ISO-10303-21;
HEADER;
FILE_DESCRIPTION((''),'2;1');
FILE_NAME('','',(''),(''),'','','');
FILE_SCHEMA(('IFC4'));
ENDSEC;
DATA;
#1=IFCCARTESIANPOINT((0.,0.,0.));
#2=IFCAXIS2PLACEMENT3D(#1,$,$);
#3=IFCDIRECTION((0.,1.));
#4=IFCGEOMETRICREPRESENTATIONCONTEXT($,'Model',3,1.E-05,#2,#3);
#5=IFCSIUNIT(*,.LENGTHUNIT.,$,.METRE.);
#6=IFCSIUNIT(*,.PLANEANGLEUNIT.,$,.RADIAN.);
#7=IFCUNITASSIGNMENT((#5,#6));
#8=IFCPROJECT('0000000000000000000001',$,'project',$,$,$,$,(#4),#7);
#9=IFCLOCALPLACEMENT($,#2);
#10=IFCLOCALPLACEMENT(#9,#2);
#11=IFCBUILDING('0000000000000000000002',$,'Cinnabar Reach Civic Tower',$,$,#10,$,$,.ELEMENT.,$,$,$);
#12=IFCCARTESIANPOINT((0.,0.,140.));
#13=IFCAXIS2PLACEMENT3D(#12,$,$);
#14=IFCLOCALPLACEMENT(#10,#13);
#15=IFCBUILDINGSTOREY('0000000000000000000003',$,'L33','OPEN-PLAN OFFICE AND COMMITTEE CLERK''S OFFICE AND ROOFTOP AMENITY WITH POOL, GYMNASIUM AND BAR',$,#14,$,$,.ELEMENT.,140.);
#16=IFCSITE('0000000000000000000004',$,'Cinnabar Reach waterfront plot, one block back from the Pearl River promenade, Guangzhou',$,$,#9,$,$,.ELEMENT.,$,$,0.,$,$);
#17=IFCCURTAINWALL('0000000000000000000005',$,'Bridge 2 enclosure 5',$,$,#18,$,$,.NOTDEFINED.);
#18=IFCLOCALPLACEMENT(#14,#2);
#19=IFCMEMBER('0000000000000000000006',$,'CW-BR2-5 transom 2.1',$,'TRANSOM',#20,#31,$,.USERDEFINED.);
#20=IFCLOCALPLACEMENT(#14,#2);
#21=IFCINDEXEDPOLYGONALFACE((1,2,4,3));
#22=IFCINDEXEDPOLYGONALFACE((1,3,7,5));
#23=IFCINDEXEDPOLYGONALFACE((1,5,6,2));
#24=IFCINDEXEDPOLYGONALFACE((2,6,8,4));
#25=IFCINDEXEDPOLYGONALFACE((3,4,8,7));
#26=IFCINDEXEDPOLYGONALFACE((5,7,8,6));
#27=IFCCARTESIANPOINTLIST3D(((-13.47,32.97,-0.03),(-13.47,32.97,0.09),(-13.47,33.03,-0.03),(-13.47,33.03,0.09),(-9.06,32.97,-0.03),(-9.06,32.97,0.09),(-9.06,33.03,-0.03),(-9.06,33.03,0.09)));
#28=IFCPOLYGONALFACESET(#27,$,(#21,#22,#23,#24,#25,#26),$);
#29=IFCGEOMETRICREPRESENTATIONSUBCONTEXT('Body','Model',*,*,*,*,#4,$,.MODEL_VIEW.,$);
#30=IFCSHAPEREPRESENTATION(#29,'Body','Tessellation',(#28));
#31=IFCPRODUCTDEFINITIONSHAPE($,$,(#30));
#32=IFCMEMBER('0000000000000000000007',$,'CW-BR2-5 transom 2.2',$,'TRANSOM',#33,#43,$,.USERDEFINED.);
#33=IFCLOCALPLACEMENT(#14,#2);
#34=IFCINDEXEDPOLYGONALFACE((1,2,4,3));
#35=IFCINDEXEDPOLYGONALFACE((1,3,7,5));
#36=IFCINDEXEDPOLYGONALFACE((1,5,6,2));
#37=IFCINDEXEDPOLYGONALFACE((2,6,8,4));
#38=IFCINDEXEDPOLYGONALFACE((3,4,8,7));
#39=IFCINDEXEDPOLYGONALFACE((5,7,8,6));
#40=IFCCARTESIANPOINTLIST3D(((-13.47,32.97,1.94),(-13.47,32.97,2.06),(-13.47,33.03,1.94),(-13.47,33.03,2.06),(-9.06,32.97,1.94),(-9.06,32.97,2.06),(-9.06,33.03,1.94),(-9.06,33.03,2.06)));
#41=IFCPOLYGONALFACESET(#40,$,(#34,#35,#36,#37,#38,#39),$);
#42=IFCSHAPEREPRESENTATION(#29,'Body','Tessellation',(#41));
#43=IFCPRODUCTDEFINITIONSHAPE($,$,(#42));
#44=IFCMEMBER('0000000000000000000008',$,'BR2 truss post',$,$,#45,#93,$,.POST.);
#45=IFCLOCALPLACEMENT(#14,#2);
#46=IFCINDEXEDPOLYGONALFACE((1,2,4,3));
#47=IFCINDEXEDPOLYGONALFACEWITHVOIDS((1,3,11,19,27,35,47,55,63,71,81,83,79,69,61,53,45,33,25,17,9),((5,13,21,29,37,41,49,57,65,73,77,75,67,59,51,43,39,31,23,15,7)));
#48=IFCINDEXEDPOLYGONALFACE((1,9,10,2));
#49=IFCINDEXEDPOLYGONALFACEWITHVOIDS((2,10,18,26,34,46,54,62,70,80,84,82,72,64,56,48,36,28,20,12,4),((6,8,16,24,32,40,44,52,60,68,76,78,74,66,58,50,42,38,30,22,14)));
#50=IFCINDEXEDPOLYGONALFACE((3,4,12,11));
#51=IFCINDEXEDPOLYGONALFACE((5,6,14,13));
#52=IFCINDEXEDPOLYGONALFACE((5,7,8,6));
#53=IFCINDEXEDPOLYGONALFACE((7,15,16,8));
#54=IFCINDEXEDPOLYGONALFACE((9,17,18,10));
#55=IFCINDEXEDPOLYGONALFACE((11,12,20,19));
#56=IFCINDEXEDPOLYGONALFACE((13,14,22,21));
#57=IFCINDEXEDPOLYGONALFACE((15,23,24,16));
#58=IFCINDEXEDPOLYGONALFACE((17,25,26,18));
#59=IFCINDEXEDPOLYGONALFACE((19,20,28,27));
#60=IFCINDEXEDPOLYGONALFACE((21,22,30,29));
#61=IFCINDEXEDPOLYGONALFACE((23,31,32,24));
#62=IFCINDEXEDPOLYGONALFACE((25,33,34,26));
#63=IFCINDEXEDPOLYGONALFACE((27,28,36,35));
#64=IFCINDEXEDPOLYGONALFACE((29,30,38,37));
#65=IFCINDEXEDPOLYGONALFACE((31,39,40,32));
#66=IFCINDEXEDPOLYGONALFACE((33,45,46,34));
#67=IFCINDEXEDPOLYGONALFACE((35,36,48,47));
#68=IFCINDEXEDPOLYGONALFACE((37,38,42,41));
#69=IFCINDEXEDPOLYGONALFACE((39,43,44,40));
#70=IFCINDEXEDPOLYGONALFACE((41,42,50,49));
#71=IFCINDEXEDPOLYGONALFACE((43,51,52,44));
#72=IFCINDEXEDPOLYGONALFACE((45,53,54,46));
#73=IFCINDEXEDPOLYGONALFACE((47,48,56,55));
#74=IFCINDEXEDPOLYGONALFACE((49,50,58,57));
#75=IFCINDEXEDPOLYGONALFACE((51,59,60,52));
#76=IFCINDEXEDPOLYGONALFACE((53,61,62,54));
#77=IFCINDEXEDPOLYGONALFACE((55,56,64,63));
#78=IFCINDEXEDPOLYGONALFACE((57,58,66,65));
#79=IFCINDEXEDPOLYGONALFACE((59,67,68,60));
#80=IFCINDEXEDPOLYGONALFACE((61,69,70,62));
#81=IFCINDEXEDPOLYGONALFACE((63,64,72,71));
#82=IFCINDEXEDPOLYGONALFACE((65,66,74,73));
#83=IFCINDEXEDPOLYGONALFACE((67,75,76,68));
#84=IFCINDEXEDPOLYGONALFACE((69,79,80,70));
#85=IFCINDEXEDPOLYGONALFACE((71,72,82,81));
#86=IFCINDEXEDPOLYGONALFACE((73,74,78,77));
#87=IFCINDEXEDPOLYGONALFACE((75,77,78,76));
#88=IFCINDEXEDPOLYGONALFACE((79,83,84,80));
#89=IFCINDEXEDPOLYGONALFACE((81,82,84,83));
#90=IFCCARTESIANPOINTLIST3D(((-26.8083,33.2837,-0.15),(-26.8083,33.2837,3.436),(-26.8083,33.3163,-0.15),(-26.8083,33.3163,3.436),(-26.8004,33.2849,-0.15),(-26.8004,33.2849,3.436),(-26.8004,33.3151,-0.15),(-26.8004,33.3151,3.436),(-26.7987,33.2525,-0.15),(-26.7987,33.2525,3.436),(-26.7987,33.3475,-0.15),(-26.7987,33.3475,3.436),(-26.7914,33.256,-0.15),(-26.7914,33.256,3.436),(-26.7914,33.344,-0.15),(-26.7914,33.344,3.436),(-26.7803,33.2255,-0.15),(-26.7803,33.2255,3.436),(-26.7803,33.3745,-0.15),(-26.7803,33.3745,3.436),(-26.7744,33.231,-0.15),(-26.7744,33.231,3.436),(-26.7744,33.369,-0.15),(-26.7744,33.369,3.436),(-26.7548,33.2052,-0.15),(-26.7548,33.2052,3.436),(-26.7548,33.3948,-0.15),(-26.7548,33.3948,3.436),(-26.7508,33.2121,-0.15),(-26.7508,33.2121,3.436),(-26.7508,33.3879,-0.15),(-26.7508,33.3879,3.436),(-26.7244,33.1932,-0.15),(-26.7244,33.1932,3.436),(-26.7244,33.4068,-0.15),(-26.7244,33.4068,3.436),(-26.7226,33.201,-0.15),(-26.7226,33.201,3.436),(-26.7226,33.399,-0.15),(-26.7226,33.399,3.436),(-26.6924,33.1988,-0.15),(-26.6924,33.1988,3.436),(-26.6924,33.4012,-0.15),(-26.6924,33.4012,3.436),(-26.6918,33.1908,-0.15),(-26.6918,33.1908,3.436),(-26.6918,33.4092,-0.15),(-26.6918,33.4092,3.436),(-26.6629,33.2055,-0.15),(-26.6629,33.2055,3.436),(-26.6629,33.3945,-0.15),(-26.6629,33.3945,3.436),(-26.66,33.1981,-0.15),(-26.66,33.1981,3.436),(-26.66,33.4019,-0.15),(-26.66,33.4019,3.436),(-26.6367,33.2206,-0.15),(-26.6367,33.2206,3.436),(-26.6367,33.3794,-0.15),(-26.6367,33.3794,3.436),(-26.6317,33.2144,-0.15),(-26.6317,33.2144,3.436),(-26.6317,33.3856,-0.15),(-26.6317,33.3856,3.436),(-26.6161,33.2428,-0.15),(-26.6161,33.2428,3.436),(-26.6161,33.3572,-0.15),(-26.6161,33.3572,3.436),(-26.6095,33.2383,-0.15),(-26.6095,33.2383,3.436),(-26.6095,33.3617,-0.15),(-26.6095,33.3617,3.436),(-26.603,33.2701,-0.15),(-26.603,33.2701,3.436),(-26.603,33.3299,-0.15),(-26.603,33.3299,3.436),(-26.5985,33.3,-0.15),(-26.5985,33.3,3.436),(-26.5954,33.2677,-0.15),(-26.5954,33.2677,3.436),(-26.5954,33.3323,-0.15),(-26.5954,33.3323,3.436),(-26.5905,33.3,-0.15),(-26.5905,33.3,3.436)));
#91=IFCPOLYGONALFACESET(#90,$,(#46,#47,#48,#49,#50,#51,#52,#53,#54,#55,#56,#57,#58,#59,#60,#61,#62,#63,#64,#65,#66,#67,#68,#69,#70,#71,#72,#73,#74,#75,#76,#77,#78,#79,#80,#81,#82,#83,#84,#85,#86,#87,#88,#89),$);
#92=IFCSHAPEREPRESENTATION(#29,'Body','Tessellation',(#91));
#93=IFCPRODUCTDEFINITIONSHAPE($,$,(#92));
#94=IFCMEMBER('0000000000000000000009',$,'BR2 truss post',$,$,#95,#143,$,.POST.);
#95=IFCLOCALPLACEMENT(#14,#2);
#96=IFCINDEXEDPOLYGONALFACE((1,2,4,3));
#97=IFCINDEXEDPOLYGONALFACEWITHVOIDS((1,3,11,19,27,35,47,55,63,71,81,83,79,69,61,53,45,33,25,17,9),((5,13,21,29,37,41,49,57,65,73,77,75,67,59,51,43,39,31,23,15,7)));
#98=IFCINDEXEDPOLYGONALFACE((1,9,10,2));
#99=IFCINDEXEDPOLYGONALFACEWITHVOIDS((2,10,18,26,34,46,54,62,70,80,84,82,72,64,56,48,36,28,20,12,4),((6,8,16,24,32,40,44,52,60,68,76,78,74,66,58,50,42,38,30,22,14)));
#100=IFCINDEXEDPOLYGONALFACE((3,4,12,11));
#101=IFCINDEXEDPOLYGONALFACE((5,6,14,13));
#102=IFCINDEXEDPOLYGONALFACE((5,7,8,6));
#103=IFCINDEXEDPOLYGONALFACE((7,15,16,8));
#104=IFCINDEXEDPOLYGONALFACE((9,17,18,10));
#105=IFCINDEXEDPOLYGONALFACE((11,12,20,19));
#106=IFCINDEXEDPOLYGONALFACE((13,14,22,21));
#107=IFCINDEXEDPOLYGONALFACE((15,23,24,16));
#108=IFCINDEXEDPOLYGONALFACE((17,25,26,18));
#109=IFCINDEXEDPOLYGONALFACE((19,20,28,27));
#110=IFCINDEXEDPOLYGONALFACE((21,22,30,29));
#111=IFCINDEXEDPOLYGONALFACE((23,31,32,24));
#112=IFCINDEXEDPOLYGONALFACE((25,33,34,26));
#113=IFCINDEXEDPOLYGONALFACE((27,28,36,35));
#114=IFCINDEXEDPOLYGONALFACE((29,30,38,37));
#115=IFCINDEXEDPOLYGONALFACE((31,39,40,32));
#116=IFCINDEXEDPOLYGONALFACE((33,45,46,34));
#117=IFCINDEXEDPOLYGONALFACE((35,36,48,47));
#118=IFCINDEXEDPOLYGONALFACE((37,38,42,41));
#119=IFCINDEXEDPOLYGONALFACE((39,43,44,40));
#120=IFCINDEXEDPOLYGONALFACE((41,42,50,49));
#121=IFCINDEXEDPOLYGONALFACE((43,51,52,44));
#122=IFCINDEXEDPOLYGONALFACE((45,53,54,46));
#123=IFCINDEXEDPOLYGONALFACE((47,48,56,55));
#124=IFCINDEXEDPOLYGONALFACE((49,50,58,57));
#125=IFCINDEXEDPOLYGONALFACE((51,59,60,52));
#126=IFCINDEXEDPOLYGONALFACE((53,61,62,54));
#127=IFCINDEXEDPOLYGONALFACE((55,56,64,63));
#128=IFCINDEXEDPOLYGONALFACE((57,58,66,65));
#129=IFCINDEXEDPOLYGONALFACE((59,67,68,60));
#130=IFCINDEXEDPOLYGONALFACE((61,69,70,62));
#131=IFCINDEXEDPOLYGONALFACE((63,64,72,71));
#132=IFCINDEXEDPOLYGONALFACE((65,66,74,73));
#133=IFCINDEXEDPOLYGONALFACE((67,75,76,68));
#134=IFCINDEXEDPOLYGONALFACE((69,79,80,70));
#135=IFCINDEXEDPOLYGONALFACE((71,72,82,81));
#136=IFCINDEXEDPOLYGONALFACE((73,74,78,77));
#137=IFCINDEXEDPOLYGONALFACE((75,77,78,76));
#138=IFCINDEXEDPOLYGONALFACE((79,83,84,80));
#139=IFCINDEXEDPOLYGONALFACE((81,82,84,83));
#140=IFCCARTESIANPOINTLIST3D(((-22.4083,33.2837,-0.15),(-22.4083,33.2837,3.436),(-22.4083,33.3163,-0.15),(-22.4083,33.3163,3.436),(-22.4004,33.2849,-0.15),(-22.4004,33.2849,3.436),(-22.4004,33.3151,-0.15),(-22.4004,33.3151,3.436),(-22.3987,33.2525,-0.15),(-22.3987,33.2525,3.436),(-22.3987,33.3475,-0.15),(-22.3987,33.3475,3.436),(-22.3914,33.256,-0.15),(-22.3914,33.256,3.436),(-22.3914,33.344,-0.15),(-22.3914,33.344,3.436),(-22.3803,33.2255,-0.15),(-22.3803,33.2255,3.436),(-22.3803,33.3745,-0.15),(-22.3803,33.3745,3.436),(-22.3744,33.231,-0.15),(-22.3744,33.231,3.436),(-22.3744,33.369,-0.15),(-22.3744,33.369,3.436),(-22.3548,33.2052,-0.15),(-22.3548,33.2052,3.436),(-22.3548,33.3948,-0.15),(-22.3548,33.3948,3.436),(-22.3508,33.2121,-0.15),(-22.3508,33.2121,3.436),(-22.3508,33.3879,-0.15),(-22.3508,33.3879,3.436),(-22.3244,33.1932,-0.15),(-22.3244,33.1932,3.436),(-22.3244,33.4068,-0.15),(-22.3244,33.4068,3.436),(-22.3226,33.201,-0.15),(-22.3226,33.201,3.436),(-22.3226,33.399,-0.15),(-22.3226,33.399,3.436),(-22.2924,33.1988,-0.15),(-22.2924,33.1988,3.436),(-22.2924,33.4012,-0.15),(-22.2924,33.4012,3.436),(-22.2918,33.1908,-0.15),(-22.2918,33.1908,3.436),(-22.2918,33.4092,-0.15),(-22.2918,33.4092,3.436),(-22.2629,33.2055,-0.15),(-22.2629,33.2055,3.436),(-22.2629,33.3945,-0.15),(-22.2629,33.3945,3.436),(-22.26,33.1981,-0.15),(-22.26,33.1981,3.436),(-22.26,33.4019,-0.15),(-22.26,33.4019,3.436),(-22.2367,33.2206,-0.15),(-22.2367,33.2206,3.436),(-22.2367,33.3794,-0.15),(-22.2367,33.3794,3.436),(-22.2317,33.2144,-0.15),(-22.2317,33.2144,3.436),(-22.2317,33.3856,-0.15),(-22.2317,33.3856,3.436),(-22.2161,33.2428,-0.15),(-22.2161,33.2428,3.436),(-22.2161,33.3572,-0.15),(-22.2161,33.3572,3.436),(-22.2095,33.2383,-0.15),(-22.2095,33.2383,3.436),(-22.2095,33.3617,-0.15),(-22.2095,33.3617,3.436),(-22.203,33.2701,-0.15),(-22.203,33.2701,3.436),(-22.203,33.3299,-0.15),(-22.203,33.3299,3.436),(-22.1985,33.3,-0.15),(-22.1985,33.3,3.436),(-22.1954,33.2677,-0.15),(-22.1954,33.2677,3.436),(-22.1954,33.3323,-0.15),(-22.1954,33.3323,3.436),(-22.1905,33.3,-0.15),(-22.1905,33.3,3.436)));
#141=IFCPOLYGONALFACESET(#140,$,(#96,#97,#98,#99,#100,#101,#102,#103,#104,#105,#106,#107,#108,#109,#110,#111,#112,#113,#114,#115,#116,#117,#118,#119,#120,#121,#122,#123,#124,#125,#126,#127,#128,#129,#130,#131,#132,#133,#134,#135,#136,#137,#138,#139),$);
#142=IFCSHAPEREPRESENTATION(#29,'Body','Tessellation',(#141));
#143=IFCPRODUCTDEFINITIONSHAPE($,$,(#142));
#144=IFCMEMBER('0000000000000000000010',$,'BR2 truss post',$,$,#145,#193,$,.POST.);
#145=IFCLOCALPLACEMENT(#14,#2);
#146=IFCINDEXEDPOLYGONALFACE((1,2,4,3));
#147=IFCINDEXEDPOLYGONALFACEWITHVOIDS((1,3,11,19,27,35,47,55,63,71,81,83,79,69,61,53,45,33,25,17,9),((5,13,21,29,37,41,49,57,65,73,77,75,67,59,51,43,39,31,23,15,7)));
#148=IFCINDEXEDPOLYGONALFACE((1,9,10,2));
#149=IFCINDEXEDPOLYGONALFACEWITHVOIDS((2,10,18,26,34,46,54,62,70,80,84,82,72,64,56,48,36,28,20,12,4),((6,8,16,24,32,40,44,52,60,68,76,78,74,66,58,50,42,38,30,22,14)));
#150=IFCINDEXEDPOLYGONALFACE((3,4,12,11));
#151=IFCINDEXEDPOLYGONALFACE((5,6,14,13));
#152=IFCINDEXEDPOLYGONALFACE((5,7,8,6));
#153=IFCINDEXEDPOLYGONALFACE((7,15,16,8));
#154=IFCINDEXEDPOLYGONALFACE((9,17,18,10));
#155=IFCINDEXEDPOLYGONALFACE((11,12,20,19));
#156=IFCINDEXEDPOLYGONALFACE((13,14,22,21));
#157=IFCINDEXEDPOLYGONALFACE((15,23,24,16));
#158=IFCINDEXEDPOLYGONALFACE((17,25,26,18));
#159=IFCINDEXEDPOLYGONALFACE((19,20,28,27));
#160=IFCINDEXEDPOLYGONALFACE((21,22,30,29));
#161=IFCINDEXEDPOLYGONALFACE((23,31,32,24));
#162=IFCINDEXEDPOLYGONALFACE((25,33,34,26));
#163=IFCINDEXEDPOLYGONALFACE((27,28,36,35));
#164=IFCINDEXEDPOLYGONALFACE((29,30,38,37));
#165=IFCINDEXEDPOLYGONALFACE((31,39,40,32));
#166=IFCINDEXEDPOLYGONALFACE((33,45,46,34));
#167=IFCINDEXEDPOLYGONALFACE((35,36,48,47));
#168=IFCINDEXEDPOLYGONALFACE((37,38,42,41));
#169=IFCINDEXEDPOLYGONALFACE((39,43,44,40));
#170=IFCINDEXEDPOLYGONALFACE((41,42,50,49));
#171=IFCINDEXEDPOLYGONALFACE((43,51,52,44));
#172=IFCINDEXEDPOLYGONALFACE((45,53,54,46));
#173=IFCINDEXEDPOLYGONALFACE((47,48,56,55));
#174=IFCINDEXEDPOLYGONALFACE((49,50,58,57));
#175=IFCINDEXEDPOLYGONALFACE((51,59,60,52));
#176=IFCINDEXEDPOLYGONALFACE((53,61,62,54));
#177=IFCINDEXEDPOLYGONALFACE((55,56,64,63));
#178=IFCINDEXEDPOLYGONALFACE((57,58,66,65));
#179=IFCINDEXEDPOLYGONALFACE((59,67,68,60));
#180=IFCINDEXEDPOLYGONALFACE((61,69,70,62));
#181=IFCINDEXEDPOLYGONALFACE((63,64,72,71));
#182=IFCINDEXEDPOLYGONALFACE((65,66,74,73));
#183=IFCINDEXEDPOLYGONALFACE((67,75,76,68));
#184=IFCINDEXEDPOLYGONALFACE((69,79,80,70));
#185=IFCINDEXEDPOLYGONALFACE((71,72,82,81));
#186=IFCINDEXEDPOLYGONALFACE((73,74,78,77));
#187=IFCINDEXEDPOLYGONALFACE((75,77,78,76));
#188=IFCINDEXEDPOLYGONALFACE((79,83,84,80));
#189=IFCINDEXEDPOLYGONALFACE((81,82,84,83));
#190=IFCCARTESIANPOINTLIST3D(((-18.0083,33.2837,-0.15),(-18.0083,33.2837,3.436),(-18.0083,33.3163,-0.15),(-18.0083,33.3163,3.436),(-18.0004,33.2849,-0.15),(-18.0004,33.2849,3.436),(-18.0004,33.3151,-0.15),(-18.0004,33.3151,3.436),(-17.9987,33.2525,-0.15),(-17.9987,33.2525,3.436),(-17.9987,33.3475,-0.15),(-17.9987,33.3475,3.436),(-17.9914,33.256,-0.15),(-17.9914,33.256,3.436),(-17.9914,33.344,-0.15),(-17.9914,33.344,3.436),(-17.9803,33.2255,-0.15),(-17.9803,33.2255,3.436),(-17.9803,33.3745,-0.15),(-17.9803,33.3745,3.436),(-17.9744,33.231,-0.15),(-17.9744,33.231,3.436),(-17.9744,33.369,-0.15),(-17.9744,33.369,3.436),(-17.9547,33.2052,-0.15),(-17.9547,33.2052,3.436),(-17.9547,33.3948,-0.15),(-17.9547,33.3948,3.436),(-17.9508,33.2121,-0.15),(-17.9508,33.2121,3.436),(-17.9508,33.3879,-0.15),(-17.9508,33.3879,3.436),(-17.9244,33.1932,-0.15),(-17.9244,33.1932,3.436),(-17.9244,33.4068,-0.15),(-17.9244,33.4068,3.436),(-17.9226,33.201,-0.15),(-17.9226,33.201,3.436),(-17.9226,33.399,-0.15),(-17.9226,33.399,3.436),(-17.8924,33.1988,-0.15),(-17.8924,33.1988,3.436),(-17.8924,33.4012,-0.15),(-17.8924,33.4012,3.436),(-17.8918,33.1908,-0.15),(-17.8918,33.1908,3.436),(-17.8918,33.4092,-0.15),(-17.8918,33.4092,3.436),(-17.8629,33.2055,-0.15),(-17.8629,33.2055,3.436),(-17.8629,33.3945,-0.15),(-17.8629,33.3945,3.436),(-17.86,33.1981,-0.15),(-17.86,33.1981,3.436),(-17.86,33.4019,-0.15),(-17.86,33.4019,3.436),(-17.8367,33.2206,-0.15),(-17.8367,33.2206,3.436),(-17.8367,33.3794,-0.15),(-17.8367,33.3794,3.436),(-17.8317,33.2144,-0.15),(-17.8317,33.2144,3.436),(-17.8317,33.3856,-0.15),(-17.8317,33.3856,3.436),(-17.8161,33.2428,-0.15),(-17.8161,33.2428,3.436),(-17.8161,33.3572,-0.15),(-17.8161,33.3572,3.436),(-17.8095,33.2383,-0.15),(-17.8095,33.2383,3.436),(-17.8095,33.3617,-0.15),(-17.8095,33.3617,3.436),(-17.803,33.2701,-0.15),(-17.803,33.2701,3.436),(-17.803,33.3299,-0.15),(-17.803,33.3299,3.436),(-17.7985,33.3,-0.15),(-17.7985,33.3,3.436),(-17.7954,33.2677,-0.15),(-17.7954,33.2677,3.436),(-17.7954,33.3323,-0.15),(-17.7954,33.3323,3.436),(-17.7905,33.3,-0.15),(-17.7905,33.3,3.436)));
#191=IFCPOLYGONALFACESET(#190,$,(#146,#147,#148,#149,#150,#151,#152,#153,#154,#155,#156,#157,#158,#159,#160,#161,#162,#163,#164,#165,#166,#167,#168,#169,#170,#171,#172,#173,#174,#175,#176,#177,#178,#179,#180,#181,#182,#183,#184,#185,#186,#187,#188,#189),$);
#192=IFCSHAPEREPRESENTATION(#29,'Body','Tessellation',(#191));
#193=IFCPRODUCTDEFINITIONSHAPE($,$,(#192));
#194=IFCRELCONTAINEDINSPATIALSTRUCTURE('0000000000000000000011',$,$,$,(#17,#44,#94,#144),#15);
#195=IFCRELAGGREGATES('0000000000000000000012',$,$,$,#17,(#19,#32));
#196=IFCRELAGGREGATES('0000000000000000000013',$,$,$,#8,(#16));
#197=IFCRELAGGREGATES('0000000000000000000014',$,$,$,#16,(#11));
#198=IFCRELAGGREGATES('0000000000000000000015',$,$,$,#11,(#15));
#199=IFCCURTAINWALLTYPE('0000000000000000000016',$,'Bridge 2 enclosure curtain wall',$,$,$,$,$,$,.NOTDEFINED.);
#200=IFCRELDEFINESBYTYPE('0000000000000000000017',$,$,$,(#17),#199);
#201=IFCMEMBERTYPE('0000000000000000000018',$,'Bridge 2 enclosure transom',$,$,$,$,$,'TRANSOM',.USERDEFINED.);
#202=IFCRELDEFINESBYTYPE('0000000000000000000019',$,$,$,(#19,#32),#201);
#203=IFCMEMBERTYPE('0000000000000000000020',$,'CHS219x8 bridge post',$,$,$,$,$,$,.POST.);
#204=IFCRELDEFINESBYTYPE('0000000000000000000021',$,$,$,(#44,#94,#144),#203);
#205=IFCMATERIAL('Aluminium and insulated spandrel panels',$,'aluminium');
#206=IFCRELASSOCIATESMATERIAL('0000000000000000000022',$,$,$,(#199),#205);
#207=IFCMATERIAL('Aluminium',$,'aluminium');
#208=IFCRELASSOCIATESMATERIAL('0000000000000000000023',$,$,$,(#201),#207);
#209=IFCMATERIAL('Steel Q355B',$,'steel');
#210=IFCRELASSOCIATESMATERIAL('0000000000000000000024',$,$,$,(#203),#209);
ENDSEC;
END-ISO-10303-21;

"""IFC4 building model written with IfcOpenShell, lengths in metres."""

from ifc_helpers import new_model, si_unit, direction, frame, origin, origin_2d, place, context, subcontext, project, spatial, rectangle, hollow_circle, extrude, material, material_profile, profile_set, type_object, element, aggregate, save


model = new_model("IFC4")

# Units and contexts
model_context = context("Model", 3, precision=1e-05, world=origin(), true_north=direction((0.0, 1.0)))
body_context = subcontext(model_context, "Body", "Model", "MODEL_VIEW")
ifc_project = project(units=[si_unit("LENGTHUNIT", "METRE"), si_unit("PLANEANGLEUNIT", "RADIAN")], contexts=[model_context])

# Site, building, storey
site_placement = place(None, origin())
site = spatial("IfcSite", under=ifc_project, at=site_placement, Name="Cinnabar Reach waterfront plot, one block back from the Pearl River promenade, Guangzhou", CompositionType="ELEMENT", RefElevation=0.0)
building_placement = place(site_placement, origin())
building = spatial("IfcBuilding", under=site, at=building_placement, Name="Cinnabar Reach Civic Tower", CompositionType="ELEMENT")
storey_placement = place(building_placement, frame((0.0, 0.0, 140.0)))
storey = spatial("IfcBuildingStorey", under=building, at=storey_placement, Name="L33", Description="OPEN-PLAN OFFICE AND COMMITTEE CLERK'S OFFICE AND ROOFTOP AMENITY WITH POOL, GYMNASIUM AND BAR", CompositionType="ELEMENT", Elevation=140.0)

# Curtain wall, members
ifc_material_1 = material(Name="Aluminium and insulated spandrel panels", Category="aluminium")
curtain_wall_type = type_object("IfcCurtainWallType", Name="Bridge 2 enclosure curtain wall", PredefinedType="NOTDEFINED", material=ifc_material_1)
curtain_wall_placement = place(storey_placement, origin())
curtain_wall = element("IfcCurtainWall", 1, at=curtain_wall_placement, inside=storey, type_object=curtain_wall_type, Name="Bridge 2 enclosure 5", PredefinedType="NOTDEFINED")
ifc_material_2 = material(Name="Aluminium", Category="aluminium")
ifc_material_profile_1 = material_profile(ifc_material_2, rectangle(XDim=0.06, YDim=0.12, at=origin_2d()), Name="Bridge 2 enclosure transom")
ifc_profile_set_1 = profile_set([ifc_material_profile_1], Name="Aluminium")
member_type_1 = type_object("IfcMemberType", Name="Bridge 2 enclosure transom", ElementType="TRANSOM", PredefinedType="USERDEFINED", material=ifc_profile_set_1)
member_1_placement = place(storey_placement, frame((-13.47, 33.0, 0.03), z_axis=(1.0, 0.0, 0.0), x_axis=(0.0, 1.0, 0.0)))
member_1 = element("IfcMember", 2, at=member_1_placement, type_object=member_type_1, Name="CW-BR2-5 transom 2.1", ObjectType="TRANSOM", PredefinedType="USERDEFINED", context=body_context, shape_type="SweptSolid", body=[
    extrude(rectangle(XDim=0.06, YDim=0.12, at=origin_2d()), origin(), (0.0, 0.0, 1.0), 4.41),
])
member_2_placement = place(storey_placement, frame((-13.47, 33.0, 2.0), z_axis=(1.0, 0.0, 0.0), x_axis=(0.0, 1.0, 0.0)))
member_2 = element("IfcMember", 3, at=member_2_placement, type_object=member_type_1, Name="CW-BR2-5 transom 2.2", ObjectType="TRANSOM", PredefinedType="USERDEFINED", context=body_context, shape_type="SweptSolid", body=[
    extrude(rectangle(XDim=0.06, YDim=0.12, at=origin_2d()), origin(), (0.0, 0.0, 1.0), 4.41),
])
aggregate(curtain_wall, [member_1, member_2])

# Members
ifc_material_3 = material(Name="Steel Q355B", Category="steel")
ifc_material_profile_2 = material_profile(ifc_material_3, hollow_circle(Radius=0.1095, WallThickness=0.008, at=origin_2d()), Name="CHS219x8")
ifc_profile_set_2 = profile_set([ifc_material_profile_2], Name="Steel Q355B")
member_type_2 = type_object("IfcMemberType", Name="CHS219x8 bridge post", PredefinedType="POST", material=ifc_profile_set_2)
for number, where, z_axis, x_axis, name in (
    (4, (-26.7, 33.3, -0.15), (0.0, 0.0, 1.0), (1.0, 0.0, 0.0), "BR2 truss post"),
    (5, (-22.3, 33.3, -0.15), (0.0, 0.0, 1.0), (1.0, 0.0, 0.0), "BR2 truss post"),
    (6, (-17.9, 33.3, -0.15), (0.0, 0.0, 1.0), (1.0, 0.0, 0.0), "BR2 truss post"),
):
    element("IfcMember", number, at=place(storey_placement, frame(where, z_axis=z_axis, x_axis=x_axis)), inside=storey, type_object=member_type_2, Name=name, PredefinedType="POST", context=body_context, shape_type="SweptSolid", body=[
        extrude(hollow_circle(Radius=0.1095, WallThickness=0.008, at=origin_2d()), origin(), (0.0, 0.0, 1.0), 3.586),
    ])

save(model, "model.ifc")
